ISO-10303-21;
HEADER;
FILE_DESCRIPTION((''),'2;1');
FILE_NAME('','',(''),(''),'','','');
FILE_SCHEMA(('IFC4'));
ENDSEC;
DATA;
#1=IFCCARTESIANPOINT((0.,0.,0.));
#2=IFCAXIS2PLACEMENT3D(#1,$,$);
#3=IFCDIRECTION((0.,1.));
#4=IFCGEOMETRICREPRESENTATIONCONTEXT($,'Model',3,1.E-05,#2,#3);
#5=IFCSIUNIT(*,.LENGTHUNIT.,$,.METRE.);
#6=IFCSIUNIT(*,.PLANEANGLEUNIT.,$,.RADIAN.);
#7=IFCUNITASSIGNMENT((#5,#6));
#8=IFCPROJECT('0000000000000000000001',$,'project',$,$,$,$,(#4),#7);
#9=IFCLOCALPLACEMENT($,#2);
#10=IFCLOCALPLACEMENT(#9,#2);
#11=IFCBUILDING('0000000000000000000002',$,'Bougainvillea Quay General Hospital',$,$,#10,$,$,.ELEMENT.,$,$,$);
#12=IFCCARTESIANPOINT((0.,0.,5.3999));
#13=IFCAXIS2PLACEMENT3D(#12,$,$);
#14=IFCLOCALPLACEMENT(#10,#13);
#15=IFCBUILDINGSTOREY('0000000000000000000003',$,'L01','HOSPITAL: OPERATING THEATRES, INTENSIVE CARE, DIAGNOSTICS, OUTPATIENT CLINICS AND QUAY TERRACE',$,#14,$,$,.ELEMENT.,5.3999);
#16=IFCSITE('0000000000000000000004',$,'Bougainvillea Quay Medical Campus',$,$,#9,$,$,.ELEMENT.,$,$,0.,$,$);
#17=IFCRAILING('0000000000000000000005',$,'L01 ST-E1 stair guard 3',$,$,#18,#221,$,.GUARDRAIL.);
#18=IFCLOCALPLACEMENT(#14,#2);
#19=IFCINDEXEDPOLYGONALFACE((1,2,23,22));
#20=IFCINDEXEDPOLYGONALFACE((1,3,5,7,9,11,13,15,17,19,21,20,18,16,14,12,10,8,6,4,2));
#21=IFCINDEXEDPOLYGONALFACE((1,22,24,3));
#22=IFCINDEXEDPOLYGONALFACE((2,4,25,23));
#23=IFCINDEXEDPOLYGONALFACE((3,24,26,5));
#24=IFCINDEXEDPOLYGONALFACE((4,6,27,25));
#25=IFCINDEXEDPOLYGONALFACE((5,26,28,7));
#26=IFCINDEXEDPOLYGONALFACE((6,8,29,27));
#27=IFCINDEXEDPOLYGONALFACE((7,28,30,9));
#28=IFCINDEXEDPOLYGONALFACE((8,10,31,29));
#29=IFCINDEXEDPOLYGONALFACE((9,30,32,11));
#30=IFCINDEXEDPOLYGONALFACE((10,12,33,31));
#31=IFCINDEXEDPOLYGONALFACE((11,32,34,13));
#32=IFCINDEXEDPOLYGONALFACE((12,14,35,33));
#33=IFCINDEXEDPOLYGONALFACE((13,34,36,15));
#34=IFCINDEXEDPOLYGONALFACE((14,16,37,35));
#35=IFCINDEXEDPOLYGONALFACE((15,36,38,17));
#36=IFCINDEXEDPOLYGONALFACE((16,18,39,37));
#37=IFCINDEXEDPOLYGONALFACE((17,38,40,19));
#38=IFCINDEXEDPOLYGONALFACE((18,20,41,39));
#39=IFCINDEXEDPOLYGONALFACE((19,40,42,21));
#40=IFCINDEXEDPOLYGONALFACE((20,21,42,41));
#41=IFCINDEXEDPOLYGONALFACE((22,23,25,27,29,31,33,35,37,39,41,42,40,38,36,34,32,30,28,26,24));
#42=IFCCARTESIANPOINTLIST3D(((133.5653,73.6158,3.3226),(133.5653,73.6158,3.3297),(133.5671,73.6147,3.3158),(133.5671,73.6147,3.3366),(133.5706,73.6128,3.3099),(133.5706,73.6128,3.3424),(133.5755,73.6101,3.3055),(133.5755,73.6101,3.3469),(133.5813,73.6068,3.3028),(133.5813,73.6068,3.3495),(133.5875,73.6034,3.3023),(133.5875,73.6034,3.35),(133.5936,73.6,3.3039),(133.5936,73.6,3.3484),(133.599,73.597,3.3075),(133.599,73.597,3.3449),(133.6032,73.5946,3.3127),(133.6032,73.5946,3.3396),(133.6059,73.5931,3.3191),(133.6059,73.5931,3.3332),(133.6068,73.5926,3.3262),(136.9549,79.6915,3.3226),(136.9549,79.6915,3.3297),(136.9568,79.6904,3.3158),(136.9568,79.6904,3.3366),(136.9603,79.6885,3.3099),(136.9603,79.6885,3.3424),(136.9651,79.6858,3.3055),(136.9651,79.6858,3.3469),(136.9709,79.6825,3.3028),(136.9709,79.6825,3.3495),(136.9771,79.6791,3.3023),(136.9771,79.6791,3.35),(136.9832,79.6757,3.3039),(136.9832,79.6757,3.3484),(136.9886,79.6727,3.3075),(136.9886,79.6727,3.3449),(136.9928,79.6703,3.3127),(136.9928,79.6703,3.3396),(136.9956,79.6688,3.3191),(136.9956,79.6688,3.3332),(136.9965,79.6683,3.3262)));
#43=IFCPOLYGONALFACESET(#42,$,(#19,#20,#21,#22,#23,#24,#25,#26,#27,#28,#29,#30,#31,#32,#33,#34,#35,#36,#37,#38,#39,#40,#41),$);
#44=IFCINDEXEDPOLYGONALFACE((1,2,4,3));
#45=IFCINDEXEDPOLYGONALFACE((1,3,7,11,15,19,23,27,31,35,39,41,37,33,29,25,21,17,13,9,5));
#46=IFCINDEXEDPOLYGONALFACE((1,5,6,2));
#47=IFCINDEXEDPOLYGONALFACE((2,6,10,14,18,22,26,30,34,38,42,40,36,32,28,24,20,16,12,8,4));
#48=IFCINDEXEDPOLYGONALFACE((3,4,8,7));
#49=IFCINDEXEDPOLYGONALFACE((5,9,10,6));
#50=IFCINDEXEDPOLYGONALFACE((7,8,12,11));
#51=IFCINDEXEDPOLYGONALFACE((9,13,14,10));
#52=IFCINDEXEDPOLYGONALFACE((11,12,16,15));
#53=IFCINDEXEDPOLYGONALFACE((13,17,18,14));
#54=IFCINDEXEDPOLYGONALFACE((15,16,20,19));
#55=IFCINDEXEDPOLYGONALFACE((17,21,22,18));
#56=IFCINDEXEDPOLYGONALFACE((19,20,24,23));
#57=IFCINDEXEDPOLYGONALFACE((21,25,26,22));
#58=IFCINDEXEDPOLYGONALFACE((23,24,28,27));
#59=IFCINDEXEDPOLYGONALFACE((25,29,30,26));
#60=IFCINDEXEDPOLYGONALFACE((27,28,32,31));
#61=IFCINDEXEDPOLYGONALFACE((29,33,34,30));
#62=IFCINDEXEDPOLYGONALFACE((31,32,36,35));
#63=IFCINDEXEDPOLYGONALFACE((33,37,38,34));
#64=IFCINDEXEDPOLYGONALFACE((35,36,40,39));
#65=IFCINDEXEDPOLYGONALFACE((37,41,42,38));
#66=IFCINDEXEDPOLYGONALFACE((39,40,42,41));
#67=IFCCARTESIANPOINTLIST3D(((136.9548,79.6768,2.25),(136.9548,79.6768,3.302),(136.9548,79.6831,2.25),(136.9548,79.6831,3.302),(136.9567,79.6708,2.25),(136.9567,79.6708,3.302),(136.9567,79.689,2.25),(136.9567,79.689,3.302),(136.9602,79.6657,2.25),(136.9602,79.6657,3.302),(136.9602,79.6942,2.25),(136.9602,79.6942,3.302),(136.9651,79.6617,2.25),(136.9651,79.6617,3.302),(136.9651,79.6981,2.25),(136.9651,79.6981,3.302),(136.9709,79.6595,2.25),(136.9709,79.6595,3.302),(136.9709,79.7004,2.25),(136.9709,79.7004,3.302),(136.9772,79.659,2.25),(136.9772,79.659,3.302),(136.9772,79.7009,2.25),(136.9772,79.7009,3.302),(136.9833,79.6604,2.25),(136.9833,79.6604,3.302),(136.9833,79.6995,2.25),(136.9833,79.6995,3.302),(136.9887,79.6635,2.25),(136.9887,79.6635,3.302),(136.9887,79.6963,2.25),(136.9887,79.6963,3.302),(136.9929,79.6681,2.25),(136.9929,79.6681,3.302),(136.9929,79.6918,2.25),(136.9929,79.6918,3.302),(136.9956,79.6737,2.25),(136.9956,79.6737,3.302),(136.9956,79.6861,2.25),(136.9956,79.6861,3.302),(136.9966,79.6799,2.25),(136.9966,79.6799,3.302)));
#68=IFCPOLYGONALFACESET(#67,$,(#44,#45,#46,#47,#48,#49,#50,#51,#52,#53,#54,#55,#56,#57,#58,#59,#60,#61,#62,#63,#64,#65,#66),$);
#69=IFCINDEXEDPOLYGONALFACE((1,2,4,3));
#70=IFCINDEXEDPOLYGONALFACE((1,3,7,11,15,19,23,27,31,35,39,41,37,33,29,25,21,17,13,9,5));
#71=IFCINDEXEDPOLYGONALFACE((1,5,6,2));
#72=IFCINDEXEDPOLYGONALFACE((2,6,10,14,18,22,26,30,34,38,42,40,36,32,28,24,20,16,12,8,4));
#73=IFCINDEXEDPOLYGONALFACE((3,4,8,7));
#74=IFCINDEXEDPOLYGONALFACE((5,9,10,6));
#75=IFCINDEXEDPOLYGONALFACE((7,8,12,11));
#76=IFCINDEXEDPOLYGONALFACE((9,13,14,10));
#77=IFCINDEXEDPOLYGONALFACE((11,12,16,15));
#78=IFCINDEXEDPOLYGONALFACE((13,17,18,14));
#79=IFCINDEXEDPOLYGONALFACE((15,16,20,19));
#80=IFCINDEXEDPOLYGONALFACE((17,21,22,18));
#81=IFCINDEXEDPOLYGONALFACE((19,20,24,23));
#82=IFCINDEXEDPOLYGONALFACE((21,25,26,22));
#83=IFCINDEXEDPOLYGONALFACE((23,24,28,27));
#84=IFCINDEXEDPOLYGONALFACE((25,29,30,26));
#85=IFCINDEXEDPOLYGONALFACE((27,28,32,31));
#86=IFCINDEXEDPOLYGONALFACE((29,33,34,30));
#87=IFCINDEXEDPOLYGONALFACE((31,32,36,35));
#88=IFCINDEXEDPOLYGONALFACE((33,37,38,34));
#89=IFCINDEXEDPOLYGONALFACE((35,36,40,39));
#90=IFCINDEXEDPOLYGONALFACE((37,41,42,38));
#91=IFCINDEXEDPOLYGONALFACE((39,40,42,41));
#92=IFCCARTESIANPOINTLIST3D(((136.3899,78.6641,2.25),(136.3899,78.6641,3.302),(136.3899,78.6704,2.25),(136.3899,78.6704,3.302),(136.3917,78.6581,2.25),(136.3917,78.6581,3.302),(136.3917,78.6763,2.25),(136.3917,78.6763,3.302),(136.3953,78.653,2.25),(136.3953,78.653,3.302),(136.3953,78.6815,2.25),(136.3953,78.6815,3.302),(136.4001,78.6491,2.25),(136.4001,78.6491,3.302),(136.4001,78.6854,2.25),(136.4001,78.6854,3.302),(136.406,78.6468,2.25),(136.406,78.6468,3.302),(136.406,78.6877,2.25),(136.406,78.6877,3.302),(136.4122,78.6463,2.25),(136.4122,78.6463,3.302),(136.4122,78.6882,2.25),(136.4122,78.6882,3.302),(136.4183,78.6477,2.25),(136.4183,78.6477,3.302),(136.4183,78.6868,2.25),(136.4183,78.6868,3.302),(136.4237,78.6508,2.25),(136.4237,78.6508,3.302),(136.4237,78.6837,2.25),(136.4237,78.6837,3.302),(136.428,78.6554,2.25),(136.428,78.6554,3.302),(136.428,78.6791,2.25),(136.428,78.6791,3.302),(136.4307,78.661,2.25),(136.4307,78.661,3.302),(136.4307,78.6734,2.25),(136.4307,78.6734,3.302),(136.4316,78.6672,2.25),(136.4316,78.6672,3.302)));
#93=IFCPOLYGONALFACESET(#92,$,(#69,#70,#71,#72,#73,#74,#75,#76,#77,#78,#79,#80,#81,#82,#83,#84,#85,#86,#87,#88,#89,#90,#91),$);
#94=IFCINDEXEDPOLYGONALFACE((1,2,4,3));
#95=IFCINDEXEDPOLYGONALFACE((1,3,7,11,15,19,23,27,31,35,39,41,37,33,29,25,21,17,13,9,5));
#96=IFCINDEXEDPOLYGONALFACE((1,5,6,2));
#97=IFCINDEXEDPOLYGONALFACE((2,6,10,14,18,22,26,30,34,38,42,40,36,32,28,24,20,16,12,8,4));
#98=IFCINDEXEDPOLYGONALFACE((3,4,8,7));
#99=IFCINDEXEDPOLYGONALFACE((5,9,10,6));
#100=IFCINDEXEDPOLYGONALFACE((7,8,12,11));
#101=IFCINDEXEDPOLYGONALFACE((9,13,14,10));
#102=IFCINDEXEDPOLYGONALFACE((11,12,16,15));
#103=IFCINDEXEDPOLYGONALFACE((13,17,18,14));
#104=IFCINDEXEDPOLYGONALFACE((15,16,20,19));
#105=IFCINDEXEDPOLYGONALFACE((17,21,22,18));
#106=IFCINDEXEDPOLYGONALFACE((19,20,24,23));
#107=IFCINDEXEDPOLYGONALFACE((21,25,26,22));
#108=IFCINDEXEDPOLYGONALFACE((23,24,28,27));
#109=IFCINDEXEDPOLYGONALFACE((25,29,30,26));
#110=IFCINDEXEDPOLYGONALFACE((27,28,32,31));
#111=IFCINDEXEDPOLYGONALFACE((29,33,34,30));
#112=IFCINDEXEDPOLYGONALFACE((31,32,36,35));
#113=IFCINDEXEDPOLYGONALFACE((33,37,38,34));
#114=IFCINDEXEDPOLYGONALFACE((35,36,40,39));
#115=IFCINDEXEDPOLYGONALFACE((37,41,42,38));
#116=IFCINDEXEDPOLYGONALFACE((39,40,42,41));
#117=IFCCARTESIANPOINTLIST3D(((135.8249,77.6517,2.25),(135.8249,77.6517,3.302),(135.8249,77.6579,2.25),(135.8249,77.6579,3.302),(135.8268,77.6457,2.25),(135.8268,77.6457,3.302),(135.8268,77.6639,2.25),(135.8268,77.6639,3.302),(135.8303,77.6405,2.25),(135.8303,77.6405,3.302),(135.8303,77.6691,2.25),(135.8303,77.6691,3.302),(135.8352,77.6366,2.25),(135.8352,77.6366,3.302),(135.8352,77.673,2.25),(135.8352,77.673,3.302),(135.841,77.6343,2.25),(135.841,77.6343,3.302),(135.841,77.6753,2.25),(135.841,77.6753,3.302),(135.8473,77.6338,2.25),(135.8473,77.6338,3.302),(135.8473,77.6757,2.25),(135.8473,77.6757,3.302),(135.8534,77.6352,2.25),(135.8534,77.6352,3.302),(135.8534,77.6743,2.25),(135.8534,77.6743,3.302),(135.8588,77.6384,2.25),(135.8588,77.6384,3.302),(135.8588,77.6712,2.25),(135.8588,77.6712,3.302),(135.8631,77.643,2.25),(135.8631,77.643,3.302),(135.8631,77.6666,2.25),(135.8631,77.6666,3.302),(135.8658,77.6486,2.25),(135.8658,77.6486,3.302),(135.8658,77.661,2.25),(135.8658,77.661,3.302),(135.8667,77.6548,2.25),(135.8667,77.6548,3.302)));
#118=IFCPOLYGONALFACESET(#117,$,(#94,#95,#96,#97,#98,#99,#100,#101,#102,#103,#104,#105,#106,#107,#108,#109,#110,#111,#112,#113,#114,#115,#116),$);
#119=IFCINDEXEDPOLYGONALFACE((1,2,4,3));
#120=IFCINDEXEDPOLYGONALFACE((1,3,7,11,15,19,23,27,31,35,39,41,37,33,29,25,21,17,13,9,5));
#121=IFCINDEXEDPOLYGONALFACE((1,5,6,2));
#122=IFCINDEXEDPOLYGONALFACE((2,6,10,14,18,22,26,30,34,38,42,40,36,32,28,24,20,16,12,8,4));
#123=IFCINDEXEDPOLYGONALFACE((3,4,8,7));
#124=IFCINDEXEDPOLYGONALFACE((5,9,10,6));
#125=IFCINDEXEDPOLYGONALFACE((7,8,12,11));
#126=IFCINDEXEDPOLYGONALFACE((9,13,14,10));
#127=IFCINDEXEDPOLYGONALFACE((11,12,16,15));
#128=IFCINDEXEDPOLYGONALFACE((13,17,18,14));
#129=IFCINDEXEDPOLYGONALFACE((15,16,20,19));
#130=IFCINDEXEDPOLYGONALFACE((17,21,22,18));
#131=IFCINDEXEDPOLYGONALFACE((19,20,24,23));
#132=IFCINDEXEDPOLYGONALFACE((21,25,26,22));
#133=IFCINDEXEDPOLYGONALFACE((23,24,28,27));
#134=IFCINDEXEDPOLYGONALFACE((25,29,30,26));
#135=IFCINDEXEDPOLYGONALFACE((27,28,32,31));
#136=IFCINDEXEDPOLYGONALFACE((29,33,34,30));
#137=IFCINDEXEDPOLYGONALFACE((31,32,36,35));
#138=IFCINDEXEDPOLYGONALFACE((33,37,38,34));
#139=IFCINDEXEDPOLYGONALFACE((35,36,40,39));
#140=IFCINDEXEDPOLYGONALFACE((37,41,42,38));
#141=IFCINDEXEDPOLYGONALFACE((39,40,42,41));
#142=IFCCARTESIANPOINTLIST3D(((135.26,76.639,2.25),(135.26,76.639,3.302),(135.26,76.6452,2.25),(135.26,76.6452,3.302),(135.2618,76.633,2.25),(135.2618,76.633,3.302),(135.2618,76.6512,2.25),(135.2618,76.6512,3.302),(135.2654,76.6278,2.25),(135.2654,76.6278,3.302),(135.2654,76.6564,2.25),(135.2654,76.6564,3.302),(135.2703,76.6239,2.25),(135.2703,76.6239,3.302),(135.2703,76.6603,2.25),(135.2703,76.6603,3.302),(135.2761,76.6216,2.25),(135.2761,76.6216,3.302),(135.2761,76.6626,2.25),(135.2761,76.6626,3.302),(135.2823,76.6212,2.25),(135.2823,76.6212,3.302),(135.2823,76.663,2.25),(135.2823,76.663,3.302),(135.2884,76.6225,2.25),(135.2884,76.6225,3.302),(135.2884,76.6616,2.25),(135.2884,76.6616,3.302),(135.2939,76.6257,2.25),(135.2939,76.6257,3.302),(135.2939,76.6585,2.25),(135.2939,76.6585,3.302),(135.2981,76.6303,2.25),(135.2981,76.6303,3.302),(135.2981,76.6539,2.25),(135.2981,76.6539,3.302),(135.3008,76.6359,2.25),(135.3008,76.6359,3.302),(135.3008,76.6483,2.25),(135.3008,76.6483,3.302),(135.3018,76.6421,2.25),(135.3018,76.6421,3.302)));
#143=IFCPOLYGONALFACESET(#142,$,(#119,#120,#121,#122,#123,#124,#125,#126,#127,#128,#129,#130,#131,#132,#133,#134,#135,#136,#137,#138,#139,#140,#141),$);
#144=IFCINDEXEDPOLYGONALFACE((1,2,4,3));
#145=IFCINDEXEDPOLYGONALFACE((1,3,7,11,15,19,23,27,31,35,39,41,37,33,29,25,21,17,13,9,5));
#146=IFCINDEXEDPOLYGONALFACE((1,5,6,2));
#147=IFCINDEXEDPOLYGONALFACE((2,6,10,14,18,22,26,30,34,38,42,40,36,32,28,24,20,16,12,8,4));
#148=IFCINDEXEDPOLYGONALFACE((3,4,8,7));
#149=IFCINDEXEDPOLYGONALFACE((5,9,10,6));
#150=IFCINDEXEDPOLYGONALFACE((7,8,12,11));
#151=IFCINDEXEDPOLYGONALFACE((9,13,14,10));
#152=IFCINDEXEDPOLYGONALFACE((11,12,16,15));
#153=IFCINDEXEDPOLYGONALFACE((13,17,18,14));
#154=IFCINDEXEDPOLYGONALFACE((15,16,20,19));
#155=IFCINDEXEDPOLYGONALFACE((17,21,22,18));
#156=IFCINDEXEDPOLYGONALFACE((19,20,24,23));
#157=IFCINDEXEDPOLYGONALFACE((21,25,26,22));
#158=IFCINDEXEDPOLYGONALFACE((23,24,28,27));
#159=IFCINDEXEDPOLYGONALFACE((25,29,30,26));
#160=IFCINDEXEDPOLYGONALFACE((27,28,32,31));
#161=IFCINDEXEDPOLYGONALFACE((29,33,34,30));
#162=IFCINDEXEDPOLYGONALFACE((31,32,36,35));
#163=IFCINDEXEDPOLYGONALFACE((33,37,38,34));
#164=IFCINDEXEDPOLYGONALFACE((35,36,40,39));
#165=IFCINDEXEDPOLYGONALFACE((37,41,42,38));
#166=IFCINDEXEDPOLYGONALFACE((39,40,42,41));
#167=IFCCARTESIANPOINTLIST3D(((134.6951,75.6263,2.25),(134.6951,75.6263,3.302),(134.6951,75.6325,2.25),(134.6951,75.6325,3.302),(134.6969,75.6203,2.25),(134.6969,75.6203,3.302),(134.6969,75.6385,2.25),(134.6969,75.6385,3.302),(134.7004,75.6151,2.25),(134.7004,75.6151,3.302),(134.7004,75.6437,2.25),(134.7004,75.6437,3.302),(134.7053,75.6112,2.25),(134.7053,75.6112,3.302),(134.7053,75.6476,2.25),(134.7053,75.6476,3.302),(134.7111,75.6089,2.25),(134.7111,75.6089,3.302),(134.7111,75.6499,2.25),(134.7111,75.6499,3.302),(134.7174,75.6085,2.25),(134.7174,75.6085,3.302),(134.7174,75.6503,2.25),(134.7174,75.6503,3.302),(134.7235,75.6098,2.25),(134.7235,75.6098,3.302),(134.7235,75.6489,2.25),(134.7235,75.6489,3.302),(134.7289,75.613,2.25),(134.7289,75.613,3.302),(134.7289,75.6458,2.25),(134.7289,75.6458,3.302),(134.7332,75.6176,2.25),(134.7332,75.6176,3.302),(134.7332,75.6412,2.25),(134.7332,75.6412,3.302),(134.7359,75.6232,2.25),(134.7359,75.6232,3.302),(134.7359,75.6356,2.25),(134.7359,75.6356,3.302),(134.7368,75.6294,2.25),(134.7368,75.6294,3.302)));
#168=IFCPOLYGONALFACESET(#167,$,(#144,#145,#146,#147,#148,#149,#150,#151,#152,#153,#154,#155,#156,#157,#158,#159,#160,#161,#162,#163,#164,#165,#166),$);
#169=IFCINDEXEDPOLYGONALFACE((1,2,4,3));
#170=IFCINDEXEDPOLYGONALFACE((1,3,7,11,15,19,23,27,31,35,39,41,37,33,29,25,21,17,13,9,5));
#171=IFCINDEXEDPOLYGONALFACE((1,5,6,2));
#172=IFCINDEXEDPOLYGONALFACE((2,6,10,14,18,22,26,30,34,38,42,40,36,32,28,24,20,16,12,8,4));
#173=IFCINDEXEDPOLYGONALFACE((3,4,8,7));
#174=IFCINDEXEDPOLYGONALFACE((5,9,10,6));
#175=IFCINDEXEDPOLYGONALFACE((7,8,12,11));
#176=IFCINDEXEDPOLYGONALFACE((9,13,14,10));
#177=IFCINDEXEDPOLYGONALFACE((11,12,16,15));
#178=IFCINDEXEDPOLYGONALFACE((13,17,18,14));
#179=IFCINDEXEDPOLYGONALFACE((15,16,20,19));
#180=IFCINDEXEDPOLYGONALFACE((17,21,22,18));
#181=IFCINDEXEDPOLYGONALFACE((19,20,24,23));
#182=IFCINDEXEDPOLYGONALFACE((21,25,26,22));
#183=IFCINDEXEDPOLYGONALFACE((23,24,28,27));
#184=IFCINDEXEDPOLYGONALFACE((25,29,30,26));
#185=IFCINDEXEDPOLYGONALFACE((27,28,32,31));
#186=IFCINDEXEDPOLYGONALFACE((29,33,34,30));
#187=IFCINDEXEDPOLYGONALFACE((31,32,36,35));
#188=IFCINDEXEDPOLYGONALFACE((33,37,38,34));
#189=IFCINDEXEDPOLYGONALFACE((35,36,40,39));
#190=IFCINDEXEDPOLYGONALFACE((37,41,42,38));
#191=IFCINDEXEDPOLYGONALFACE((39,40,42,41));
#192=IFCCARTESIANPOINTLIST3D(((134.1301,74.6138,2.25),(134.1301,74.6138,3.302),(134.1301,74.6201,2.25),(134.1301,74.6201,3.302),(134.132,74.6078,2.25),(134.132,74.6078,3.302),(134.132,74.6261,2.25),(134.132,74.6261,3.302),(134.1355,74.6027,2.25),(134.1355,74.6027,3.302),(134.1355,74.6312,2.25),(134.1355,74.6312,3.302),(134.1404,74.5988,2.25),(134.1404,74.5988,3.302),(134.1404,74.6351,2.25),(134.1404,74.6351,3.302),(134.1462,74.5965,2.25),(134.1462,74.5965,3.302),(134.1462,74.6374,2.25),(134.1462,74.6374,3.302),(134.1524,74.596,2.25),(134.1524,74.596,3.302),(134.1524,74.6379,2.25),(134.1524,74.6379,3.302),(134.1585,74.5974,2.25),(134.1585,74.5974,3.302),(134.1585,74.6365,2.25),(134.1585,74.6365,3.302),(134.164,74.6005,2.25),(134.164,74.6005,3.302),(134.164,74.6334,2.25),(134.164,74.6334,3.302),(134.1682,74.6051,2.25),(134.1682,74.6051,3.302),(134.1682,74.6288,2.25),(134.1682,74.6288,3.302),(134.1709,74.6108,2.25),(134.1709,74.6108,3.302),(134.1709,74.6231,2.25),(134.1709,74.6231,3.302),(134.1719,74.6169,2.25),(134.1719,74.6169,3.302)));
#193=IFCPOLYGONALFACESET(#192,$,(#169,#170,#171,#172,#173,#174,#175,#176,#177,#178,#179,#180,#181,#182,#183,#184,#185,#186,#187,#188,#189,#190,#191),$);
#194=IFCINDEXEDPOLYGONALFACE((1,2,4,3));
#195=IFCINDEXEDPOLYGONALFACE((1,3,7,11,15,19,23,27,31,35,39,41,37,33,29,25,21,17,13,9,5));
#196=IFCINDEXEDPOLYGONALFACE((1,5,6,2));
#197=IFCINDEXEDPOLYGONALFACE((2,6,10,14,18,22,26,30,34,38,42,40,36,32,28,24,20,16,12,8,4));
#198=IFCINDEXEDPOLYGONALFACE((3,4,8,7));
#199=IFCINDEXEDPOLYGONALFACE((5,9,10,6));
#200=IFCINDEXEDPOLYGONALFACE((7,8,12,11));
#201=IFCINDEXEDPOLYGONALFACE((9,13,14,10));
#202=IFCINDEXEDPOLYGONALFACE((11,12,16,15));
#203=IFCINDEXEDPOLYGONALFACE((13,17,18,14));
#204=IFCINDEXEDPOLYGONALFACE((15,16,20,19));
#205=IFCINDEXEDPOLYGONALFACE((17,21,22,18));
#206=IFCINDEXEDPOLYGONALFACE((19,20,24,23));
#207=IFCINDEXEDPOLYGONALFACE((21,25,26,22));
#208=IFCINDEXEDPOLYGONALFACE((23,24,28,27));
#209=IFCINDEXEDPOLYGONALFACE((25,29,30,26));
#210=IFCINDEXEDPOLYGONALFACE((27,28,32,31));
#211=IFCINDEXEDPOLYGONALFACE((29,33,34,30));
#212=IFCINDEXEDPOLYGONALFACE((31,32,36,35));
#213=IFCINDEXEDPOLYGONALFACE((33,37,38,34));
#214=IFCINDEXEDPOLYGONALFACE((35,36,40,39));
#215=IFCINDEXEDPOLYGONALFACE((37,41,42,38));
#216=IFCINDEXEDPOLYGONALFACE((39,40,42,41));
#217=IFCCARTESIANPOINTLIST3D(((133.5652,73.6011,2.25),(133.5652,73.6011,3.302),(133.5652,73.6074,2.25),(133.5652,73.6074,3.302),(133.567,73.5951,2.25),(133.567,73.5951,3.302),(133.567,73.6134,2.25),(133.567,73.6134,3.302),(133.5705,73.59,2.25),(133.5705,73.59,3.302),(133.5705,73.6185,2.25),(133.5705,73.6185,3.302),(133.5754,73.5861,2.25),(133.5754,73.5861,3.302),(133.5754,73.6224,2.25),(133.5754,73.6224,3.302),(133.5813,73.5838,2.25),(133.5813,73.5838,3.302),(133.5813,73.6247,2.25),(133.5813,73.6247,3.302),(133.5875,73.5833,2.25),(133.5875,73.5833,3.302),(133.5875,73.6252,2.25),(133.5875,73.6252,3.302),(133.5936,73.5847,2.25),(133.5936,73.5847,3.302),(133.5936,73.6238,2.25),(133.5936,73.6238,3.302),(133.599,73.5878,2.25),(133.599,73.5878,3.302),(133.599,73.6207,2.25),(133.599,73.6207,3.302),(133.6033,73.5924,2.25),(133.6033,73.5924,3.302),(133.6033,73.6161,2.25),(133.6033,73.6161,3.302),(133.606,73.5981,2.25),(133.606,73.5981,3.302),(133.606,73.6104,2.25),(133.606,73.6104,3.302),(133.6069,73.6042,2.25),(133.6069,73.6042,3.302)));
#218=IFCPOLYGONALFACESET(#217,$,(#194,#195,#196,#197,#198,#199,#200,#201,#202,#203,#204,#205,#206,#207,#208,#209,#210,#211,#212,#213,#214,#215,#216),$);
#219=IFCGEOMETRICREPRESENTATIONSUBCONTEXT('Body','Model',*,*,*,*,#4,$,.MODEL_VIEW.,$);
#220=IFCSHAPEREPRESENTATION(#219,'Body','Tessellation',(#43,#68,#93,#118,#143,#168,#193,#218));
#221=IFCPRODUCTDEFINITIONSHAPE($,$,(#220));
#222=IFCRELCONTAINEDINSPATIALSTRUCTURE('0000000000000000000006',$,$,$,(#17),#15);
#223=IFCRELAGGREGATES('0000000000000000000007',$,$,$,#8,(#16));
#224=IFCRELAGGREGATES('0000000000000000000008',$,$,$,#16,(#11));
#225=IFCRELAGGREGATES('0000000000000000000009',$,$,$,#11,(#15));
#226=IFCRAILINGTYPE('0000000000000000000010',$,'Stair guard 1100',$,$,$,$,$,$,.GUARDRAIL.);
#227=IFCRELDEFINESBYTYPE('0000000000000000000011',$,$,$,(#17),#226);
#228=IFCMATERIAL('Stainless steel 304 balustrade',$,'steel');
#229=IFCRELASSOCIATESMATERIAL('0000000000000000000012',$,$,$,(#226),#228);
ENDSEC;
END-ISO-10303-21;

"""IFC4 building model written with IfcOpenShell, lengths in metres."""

from ifc_helpers import new_model, si_unit, direction, frame, origin, origin_2d, place, context, subcontext, project, spatial, circle, extrude, material, type_object, element, save


model = new_model("IFC4")

# Units and contexts
model_context = context("Model", 3, precision=1e-05, world=origin(), true_north=direction((0.0, 1.0)))
body_context = subcontext(model_context, "Body", "Model", "MODEL_VIEW")
ifc_project = project(units=[si_unit("LENGTHUNIT", "METRE"), si_unit("PLANEANGLEUNIT", "RADIAN")], contexts=[model_context])

# Site, building, storey
site_placement = place(None, origin())
site = spatial("IfcSite", under=ifc_project, at=site_placement, Name="Bougainvillea Quay Medical Campus", CompositionType="ELEMENT", RefElevation=0.0)
building_placement = place(site_placement, origin())
building = spatial("IfcBuilding", under=site, at=building_placement, Name="Bougainvillea Quay General Hospital", CompositionType="ELEMENT")
storey_placement = place(building_placement, frame((0.0, 0.0, 5.3999)))
storey = spatial("IfcBuildingStorey", under=building, at=storey_placement, Name="L01", Description="HOSPITAL: OPERATING THEATRES, INTENSIVE CARE, DIAGNOSTICS, OUTPATIENT CLINICS AND QUAY TERRACE", CompositionType="ELEMENT", Elevation=5.3999)

# Railing
ifc_material_1 = material(Name="Stainless steel 304 balustrade", Category="steel")
railing_type = type_object("IfcRailingType", Name="Stair guard 1100", PredefinedType="GUARDRAIL", material=ifc_material_1)
railing_1_placement = place(storey_placement, frame((136.9756, 79.6799, 2.25)))
element("IfcRailing", 1, at=railing_1_placement, inside=storey, type_object=railing_type, Name="L01 ST-E1 stair guard 3", PredefinedType="GUARDRAIL", context=body_context, shape_type="SweptSolid", body=[
    extrude(circle(Radius=0.0239, at=origin_2d()), frame((0.0, 0.0, 1.0762), z_axis=(-0.487209, -0.873285, 0.0), x_axis=(0.873285, -0.487209, 0.0)), (0.0, 0.0, 1.0), 6.9573),
    extrude(circle(Radius=0.021, at=origin_2d()), origin(), (0.0, 0.0, 1.0), 1.052),
    extrude(circle(Radius=0.021, at=origin_2d()), frame((-0.5649, -1.0127, 0.0)), (0.0, 0.0, 1.0), 1.052),
    extrude(circle(Radius=0.021, at=origin_2d()), frame((-1.1299, -2.0251, 0.0)), (0.0, 0.0, 1.0), 1.052),
    extrude(circle(Radius=0.021, at=origin_2d()), frame((-1.6948, -3.0378, 0.0)), (0.0, 0.0, 1.0), 1.052),
    extrude(circle(Radius=0.021, at=origin_2d()), frame((-2.2598, -4.0505, 0.0)), (0.0, 0.0, 1.0), 1.052),
    extrude(circle(Radius=0.021, at=origin_2d()), frame((-2.8247, -5.063, 0.0)), (0.0, 0.0, 1.0), 1.052),
    extrude(circle(Radius=0.021, at=origin_2d()), frame((-3.3896, -6.0757, 0.0)), (0.0, 0.0, 1.0), 1.052),
])

save(model, "model.ifc")
